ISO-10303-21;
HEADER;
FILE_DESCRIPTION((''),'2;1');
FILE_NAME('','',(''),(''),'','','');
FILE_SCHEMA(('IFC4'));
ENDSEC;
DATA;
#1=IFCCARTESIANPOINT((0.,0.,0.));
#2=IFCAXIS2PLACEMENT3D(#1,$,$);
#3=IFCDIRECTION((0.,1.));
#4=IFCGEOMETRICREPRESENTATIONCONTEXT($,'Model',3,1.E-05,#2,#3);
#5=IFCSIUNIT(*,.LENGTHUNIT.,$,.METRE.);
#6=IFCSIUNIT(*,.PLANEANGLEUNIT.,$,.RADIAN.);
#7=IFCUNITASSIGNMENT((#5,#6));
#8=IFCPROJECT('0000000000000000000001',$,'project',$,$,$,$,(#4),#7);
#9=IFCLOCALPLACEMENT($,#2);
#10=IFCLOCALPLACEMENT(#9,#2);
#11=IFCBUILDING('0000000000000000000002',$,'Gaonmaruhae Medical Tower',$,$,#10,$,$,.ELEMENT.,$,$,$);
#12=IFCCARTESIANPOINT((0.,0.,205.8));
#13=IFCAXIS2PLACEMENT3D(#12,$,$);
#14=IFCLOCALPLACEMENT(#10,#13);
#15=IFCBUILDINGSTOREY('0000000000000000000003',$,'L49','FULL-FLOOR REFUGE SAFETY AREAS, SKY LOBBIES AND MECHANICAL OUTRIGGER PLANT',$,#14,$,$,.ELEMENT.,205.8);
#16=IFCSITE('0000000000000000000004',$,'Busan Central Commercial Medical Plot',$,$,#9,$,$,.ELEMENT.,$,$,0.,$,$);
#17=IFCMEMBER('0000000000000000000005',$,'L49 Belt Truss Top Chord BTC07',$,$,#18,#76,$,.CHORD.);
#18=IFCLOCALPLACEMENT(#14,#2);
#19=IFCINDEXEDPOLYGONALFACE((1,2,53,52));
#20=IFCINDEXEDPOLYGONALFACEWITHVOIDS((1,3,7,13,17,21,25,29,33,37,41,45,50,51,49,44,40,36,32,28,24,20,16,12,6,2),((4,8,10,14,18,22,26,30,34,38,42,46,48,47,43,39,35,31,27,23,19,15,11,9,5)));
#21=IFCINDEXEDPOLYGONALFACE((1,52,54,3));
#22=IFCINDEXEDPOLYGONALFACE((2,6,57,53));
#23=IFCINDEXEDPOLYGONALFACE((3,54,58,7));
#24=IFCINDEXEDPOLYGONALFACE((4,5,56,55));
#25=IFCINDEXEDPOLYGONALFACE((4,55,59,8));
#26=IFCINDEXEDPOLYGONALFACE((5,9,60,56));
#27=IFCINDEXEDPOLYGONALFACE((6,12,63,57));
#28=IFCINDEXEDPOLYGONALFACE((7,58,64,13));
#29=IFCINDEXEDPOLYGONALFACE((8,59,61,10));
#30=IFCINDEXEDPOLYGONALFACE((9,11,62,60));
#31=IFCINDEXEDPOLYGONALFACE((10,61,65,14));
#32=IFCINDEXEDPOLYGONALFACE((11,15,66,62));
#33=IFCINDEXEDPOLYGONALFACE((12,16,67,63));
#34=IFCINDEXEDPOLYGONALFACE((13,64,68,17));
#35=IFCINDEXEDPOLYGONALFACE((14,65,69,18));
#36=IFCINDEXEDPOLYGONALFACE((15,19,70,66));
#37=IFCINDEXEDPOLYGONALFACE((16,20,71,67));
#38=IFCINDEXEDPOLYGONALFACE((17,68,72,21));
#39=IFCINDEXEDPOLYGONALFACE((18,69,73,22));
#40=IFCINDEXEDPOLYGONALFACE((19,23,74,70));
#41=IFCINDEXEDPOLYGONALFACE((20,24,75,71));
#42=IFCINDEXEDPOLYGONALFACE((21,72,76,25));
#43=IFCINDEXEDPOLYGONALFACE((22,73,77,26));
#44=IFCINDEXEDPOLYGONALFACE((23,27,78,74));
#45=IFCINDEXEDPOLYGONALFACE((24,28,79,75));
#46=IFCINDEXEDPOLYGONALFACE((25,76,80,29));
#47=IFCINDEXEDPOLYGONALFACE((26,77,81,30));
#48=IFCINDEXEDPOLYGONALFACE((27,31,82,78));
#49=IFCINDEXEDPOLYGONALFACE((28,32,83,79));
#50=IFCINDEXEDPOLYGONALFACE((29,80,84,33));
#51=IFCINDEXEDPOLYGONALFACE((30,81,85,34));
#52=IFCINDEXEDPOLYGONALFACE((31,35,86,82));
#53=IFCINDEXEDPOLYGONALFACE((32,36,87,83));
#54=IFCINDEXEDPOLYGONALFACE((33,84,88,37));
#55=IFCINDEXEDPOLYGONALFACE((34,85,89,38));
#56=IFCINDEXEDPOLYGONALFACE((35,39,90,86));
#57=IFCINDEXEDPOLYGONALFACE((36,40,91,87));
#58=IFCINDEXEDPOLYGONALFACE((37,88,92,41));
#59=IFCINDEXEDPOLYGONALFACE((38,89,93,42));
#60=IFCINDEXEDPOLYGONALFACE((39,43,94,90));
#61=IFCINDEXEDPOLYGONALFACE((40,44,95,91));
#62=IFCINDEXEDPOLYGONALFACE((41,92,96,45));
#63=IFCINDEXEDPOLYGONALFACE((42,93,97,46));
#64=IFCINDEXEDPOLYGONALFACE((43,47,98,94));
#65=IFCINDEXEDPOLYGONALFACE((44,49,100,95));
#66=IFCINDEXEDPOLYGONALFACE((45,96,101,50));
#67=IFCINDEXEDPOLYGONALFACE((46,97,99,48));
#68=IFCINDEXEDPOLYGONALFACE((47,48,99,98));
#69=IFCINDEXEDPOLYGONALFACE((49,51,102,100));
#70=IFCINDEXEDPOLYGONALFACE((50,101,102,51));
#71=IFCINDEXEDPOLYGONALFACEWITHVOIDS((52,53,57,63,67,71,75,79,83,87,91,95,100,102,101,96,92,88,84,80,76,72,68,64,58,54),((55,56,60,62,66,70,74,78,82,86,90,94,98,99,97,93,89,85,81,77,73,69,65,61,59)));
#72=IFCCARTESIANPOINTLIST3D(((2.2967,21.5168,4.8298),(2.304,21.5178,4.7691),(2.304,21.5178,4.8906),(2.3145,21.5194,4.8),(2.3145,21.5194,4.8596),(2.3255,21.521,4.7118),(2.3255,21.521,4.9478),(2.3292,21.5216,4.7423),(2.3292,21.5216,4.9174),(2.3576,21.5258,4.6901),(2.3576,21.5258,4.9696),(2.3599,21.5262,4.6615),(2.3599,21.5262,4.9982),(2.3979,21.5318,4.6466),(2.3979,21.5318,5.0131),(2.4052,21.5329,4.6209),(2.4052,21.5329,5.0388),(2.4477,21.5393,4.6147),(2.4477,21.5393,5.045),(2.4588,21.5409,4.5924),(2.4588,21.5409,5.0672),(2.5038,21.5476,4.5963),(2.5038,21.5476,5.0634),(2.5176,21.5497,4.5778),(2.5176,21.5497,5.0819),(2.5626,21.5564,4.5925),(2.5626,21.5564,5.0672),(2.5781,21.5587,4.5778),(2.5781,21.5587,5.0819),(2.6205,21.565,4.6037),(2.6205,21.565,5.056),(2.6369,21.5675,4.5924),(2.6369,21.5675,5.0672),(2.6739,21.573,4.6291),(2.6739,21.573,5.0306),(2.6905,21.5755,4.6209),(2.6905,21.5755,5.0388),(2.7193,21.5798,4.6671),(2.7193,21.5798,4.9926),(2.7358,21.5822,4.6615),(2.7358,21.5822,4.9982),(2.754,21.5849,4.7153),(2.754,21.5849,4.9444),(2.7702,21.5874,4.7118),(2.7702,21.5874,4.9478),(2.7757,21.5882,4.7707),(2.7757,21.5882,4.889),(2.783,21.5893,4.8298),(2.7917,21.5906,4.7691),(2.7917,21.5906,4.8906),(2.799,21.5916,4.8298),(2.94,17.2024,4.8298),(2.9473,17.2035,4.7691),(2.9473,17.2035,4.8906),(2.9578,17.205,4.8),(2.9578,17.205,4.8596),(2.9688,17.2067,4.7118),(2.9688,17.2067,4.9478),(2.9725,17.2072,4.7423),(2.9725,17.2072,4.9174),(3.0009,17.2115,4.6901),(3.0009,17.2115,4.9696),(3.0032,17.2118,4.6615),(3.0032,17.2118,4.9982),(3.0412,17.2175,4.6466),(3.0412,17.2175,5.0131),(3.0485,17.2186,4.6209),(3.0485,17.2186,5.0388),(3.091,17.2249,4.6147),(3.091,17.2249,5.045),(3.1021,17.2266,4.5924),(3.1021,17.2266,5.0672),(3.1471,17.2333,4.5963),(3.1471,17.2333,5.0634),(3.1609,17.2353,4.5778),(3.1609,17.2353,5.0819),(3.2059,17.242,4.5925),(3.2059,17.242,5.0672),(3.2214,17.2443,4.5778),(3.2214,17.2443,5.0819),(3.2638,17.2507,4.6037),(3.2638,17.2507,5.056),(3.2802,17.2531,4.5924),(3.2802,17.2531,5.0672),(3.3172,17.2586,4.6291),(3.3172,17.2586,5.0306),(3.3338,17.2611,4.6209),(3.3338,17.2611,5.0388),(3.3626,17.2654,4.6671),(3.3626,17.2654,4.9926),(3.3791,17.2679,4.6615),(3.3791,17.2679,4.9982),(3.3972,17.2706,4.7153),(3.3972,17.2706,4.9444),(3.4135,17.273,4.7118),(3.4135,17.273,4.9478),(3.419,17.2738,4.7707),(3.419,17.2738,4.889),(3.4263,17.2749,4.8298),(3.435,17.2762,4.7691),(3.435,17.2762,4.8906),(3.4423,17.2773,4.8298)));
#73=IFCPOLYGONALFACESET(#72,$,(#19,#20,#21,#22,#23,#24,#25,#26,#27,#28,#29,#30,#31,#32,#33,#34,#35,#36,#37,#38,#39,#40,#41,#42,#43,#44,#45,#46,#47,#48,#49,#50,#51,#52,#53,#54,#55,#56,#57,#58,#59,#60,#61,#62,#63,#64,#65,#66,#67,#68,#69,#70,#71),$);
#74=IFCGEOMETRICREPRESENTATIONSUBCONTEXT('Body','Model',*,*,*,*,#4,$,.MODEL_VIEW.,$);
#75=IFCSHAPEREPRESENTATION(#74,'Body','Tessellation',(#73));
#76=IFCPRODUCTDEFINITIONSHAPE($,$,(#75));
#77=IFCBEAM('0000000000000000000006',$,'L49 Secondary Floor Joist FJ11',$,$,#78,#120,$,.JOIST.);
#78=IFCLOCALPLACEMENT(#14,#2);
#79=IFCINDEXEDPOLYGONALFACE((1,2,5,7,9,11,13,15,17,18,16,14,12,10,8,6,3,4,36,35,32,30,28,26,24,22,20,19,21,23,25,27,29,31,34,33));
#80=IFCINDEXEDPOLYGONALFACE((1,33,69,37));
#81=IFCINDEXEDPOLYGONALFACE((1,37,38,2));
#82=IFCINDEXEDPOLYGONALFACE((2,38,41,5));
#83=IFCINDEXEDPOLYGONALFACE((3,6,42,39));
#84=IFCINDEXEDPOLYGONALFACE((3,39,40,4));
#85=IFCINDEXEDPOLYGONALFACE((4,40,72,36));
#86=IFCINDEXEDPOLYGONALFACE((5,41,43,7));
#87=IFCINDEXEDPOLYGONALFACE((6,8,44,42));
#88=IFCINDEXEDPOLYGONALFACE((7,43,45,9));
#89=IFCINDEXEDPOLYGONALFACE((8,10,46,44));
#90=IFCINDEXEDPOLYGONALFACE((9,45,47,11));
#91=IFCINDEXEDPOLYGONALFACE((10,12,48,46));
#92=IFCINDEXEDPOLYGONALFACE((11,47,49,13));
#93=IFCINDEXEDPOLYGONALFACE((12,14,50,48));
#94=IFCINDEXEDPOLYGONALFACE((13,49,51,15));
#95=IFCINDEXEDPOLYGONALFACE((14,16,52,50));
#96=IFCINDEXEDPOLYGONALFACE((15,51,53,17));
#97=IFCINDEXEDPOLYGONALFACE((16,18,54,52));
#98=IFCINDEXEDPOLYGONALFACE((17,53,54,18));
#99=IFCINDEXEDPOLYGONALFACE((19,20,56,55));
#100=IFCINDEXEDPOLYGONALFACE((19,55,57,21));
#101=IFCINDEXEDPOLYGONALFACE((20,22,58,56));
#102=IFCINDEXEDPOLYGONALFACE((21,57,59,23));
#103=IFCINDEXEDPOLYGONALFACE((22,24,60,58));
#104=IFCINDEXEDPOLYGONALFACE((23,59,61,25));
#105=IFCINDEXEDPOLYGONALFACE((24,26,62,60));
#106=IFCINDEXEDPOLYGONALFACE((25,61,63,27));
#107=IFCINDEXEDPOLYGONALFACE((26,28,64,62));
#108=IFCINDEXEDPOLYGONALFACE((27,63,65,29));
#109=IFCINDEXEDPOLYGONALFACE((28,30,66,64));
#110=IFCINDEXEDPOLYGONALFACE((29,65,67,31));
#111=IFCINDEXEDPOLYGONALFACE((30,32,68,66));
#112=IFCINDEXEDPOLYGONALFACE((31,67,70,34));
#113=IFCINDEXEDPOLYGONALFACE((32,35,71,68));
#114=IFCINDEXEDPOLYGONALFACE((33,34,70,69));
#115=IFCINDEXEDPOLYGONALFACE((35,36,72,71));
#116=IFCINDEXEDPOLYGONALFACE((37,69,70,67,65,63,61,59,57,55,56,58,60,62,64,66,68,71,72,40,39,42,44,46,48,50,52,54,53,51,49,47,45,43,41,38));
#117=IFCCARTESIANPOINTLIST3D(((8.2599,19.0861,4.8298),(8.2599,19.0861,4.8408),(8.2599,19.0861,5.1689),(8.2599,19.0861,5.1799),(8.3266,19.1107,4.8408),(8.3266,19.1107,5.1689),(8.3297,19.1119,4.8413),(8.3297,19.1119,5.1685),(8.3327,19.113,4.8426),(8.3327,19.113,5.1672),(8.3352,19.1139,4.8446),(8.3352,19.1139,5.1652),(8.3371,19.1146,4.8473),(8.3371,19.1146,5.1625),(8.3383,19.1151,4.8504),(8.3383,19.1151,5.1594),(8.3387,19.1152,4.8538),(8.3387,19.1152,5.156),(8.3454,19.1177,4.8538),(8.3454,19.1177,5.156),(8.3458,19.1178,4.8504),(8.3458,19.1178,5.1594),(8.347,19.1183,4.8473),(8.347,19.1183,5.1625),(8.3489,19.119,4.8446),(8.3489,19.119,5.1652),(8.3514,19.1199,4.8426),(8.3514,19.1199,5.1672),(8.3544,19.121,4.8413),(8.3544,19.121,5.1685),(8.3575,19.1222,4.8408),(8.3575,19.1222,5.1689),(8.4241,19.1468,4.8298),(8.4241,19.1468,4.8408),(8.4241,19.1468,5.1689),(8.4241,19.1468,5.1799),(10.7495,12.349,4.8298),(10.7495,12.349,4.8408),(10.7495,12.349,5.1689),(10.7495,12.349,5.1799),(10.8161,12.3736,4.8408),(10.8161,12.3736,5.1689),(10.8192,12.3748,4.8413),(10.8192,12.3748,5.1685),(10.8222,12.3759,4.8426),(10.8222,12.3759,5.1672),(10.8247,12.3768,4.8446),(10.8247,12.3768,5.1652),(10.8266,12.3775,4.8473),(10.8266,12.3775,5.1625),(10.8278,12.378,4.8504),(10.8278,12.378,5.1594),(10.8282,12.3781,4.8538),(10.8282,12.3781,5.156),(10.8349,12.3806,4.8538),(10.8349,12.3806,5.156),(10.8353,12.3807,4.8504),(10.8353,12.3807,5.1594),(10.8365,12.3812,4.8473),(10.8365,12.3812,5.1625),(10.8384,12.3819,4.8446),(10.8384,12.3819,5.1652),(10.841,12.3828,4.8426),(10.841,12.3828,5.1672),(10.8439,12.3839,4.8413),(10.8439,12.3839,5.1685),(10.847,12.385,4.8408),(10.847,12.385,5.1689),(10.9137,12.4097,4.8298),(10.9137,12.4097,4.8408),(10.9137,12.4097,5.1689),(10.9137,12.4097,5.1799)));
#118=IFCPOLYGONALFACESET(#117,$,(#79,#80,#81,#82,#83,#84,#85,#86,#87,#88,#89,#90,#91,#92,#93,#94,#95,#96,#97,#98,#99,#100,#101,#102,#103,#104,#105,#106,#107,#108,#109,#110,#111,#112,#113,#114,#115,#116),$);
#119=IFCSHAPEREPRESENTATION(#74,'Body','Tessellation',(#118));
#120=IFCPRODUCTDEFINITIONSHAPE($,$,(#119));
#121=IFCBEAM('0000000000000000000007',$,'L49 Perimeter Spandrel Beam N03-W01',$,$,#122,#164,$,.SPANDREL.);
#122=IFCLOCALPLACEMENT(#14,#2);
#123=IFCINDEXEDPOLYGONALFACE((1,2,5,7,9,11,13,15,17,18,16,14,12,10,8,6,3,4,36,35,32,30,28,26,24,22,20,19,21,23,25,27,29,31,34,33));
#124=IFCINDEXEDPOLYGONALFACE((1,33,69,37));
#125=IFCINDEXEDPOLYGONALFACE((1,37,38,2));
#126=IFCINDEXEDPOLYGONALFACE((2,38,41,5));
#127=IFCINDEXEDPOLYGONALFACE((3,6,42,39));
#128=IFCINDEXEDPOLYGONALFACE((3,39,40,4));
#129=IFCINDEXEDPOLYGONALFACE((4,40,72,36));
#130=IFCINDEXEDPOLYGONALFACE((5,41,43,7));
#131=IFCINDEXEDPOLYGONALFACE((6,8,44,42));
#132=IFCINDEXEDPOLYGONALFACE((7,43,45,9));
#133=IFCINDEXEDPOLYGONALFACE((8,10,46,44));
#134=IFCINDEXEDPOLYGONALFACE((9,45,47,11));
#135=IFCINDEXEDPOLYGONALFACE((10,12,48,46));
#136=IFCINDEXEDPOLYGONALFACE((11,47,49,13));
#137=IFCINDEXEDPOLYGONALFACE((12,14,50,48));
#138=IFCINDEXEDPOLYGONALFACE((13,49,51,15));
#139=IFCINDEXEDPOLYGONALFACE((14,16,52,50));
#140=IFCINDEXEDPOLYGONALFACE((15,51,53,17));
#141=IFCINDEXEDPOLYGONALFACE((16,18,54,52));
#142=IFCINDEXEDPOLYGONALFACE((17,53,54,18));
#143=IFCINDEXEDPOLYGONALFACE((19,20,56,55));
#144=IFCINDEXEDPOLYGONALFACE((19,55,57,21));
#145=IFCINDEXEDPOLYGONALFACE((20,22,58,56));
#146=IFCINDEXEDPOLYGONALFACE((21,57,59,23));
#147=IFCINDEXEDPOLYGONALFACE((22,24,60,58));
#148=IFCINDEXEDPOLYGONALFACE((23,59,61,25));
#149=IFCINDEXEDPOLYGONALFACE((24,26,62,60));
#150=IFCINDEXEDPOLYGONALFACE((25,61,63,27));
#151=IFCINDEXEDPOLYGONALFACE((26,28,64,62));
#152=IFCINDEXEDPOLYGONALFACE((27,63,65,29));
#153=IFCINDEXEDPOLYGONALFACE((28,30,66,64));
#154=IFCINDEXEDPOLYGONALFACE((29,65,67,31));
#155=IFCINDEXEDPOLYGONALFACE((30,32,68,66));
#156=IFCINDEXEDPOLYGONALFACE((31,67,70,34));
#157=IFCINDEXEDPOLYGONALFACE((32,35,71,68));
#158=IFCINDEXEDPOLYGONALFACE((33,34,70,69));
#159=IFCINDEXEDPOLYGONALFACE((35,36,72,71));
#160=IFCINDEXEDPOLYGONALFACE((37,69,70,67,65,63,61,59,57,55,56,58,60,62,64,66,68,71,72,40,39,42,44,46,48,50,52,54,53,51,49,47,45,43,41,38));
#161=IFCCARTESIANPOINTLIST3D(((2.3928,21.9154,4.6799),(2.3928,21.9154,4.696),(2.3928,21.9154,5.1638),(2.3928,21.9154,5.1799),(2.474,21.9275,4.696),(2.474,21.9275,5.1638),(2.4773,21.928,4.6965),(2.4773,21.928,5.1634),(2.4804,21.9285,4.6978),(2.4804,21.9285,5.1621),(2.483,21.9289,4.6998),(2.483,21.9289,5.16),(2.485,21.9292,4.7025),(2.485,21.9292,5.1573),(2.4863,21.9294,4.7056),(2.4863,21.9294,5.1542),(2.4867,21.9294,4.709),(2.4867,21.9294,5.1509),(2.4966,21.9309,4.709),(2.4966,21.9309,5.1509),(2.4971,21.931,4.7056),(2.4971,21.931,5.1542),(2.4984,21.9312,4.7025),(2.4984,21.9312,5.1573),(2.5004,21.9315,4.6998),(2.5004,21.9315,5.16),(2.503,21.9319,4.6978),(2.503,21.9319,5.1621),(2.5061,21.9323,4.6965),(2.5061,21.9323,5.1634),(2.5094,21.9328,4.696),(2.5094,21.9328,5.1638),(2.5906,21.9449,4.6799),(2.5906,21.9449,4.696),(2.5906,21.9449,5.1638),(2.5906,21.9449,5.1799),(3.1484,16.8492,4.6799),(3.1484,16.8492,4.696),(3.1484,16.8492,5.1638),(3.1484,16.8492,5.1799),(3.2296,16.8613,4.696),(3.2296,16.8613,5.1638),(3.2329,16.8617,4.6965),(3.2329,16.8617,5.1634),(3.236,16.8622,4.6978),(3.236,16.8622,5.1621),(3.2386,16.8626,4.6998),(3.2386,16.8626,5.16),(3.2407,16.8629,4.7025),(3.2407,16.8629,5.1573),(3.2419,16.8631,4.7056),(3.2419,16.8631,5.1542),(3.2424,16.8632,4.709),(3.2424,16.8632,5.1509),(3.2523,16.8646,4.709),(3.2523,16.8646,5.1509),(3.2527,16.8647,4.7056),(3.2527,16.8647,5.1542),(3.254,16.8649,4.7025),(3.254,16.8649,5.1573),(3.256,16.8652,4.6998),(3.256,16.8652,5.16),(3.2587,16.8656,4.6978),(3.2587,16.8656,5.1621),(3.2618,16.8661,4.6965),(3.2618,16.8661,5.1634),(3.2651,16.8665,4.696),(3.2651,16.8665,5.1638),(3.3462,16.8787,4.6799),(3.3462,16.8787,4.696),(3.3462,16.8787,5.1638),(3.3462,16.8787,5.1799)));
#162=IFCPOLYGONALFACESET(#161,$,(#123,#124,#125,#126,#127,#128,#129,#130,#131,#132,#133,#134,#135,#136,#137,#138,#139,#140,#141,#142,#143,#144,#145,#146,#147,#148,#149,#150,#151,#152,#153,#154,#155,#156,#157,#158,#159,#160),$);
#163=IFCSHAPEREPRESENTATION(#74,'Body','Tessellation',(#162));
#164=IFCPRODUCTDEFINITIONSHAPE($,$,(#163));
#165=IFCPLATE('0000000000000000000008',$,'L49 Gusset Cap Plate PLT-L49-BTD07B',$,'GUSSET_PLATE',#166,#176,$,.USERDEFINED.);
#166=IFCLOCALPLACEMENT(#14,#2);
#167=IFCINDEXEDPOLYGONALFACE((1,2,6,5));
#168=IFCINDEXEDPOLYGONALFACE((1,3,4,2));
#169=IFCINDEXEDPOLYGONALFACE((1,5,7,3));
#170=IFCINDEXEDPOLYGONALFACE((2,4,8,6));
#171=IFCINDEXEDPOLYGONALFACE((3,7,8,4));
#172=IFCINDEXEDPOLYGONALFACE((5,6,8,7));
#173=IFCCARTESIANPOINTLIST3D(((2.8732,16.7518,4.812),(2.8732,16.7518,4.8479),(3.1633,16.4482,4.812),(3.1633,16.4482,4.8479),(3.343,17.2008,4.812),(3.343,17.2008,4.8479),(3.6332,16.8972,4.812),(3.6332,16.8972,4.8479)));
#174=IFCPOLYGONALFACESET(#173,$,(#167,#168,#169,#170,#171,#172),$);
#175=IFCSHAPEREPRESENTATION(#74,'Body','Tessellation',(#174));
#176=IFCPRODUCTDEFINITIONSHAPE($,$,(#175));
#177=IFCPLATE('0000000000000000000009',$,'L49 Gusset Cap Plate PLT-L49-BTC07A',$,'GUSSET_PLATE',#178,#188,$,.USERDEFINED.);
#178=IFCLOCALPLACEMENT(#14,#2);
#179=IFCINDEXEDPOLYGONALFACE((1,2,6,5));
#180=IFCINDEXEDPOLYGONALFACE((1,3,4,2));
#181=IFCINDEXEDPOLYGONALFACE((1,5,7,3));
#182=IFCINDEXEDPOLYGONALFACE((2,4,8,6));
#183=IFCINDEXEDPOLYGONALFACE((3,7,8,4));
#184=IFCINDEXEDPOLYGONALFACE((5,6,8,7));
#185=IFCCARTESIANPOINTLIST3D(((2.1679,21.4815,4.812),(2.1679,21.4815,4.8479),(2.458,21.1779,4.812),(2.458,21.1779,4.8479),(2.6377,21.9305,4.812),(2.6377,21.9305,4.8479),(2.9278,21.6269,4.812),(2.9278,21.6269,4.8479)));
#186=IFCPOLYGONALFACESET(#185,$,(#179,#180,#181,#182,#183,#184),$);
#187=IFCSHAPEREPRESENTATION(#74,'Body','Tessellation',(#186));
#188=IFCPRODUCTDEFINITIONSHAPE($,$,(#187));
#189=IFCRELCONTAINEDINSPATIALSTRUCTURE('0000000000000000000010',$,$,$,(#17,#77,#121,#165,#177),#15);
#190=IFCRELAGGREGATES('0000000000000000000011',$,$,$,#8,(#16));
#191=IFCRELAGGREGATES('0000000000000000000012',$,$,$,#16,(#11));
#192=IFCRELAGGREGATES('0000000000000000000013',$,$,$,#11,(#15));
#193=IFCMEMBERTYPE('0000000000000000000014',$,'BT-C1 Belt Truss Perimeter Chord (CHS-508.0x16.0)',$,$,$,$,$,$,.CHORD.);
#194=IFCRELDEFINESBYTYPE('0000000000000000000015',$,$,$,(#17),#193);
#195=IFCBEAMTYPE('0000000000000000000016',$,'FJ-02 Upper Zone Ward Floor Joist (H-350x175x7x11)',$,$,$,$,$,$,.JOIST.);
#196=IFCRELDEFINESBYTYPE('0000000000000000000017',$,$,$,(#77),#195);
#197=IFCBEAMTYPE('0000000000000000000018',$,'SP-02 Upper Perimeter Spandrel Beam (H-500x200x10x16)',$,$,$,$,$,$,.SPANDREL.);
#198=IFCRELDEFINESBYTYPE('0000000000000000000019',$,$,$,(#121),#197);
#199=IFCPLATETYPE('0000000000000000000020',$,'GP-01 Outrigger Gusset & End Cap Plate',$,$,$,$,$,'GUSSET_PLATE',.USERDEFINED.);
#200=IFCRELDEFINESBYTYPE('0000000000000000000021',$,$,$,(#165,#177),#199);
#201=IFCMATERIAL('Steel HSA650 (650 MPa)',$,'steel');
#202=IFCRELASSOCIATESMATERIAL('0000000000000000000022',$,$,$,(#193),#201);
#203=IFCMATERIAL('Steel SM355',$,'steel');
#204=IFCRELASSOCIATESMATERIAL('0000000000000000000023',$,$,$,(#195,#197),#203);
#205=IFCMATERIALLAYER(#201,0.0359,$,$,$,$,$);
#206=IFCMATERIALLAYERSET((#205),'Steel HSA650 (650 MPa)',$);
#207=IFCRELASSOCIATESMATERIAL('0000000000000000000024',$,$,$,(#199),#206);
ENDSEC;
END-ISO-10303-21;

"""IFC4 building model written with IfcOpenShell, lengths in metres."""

from ifc_helpers import new_model, si_unit, direction, frame, origin, origin_2d, place, context, subcontext, project, spatial, rectangle, hollow_circle, i_section, extrude, material, layer, layer_set, material_profile, profile_set, type_object, element, save


model = new_model("IFC4")

# Units and contexts
model_context = context("Model", 3, precision=1e-05, world=origin(), true_north=direction((0.0, 1.0)))
body_context = subcontext(model_context, "Body", "Model", "MODEL_VIEW")
ifc_project = project(units=[si_unit("LENGTHUNIT", "METRE"), si_unit("PLANEANGLEUNIT", "RADIAN")], contexts=[model_context])

# Site, building, storey
site_placement = place(None, origin())
site = spatial("IfcSite", under=ifc_project, at=site_placement, Name="Busan Central Commercial Medical Plot", CompositionType="ELEMENT", RefElevation=0.0)
building_placement = place(site_placement, origin())
building = spatial("IfcBuilding", under=site, at=building_placement, Name="Gaonmaruhae Medical Tower", CompositionType="ELEMENT")
storey_placement = place(building_placement, frame((0.0, 0.0, 205.8)))
storey = spatial("IfcBuildingStorey", under=building, at=storey_placement, Name="L49", Description="FULL-FLOOR REFUGE SAFETY AREAS, SKY LOBBIES AND MECHANICAL OUTRIGGER PLANT", CompositionType="ELEMENT", Elevation=205.8)

# Shared definitions
ifc_material_1 = material(Name="Steel HSA650 (650 MPa)", Category="steel")

# Member
ifc_material_profile_1 = material_profile(ifc_material_1, hollow_circle(Radius=0.2539, WallThickness=0.0161, at=origin_2d()), Name="CHS-508.0x16.0")
ifc_profile_set_1 = profile_set([ifc_material_profile_1], Name="Steel HSA650 (650 MPa)")
member_type = type_object("IfcMemberType", Name="BT-C1 Belt Truss Perimeter Chord (CHS-508.0x16.0)", PredefinedType="CHORD", material=ifc_profile_set_1)
member_placement = place(storey_placement, frame((2.5479, 21.5542, 4.8298), z_axis=(0.147476, -0.989066, 0.0), x_axis=(0.989066, 0.147476, 0.0)))
element("IfcMember", 1, at=member_placement, inside=storey, type_object=member_type, Name="L49 Belt Truss Top Chord BTC07", PredefinedType="CHORD", context=body_context, shape_type="SweptSolid", body=[
    extrude(hollow_circle(Radius=0.2539, WallThickness=0.0161, at=origin_2d()), origin(), (0.0, 0.0, 1.0), 4.3621),
])

# Beams
ifc_material_2 = material(Name="Steel SM355", Category="steel")
ifc_material_profile_2 = material_profile(ifc_material_2, i_section(OverallWidth=0.175, OverallDepth=0.3501, WebThickness=0.0071, FlangeThickness=0.011, FilletRadius=0.0129, at=origin_2d()), Name="H-350x175x7x11")
ifc_profile_set_2 = profile_set([ifc_material_profile_2], Name="Steel SM355")
beam_type_1 = type_object("IfcBeamType", Name="FJ-02 Upper Zone Ward Floor Joist (H-350x175x7x11)", PredefinedType="JOIST", material=ifc_profile_set_2)
beam_1_placement = place(storey_placement, frame((8.342, 19.1165, 5.0049), z_axis=(0.346616, -0.938007, 0.0), x_axis=(0.938007, 0.346616, 0.0)))
element("IfcBeam", 2, at=beam_1_placement, inside=storey, type_object=beam_type_1, Name="L49 Secondary Floor Joist FJ11", PredefinedType="JOIST", context=body_context, shape_type="SweptSolid", body=[
    extrude(i_section(OverallWidth=0.175, OverallDepth=0.3501, WebThickness=0.0071, FlangeThickness=0.011, FilletRadius=0.0129, at=origin_2d()), origin(), (0.0, 0.0, 1.0), 7.1824),
])
ifc_material_profile_3 = material_profile(ifc_material_2, i_section(OverallWidth=0.2, OverallDepth=0.5, WebThickness=0.01, FlangeThickness=0.0161, FilletRadius=0.0129, at=origin_2d()), Name="H-500x200x10x16")
ifc_profile_set_3 = profile_set([ifc_material_profile_3], Name="Steel SM355")
beam_type_2 = type_object("IfcBeamType", Name="SP-02 Upper Perimeter Spandrel Beam (H-500x200x10x16)", PredefinedType="SPANDREL", material=ifc_profile_set_3)
beam_2_placement = place(storey_placement, frame((2.4917, 21.9302, 4.9299), z_axis=(0.147518, -0.989059, 0.0), x_axis=(0.989059, 0.147518, 0.0)))
element("IfcBeam", 3, at=beam_2_placement, inside=storey, type_object=beam_type_2, Name="L49 Perimeter Spandrel Beam N03-W01", PredefinedType="SPANDREL", context=body_context, shape_type="SweptSolid", body=[
    extrude(i_section(OverallWidth=0.2, OverallDepth=0.5, WebThickness=0.01, FlangeThickness=0.0161, FilletRadius=0.0129, at=origin_2d()), origin(), (0.0, 0.0, 1.0), 5.1223),
])

# Plates
ifc_layer_1 = layer(ifc_material_1, 0.0359)
ifc_layer_set_1 = layer_set([ifc_layer_1], Name="Steel HSA650 (650 MPa)")
plate_type_1 = type_object("IfcPlateType", Name="GP-01 Outrigger Gusset & End Cap Plate", ElementType="GUSSET_PLATE", PredefinedType="USERDEFINED", material=ifc_layer_set_1)
for number, where, z_axis, x_axis, name in (
    (4, (3.2532, 16.8245, 4.812), (0.0, 0.0, 1.0), (0.722967, 0.690882, 0.0), "L49 Gusset Cap Plate PLT-L49-BTD07B"),
    (5, (2.5479, 21.5542, 4.812), (0.0, 0.0, 1.0), (0.722967, 0.690882, 0.0), "L49 Gusset Cap Plate PLT-L49-BTC07A"),
):
    element("IfcPlate", number, at=place(storey_placement, frame(where, z_axis=z_axis, x_axis=x_axis)), inside=storey, type_object=plate_type_1, Name=name, ObjectType="GUSSET_PLATE", PredefinedType="USERDEFINED", context=body_context, shape_type="SweptSolid", body=[
        extrude(rectangle(XDim=0.6499, YDim=0.4199, at=origin_2d()), origin(), (0.0, 0.0, 1.0), 0.0359),
    ])

save(model, "model.ifc")
